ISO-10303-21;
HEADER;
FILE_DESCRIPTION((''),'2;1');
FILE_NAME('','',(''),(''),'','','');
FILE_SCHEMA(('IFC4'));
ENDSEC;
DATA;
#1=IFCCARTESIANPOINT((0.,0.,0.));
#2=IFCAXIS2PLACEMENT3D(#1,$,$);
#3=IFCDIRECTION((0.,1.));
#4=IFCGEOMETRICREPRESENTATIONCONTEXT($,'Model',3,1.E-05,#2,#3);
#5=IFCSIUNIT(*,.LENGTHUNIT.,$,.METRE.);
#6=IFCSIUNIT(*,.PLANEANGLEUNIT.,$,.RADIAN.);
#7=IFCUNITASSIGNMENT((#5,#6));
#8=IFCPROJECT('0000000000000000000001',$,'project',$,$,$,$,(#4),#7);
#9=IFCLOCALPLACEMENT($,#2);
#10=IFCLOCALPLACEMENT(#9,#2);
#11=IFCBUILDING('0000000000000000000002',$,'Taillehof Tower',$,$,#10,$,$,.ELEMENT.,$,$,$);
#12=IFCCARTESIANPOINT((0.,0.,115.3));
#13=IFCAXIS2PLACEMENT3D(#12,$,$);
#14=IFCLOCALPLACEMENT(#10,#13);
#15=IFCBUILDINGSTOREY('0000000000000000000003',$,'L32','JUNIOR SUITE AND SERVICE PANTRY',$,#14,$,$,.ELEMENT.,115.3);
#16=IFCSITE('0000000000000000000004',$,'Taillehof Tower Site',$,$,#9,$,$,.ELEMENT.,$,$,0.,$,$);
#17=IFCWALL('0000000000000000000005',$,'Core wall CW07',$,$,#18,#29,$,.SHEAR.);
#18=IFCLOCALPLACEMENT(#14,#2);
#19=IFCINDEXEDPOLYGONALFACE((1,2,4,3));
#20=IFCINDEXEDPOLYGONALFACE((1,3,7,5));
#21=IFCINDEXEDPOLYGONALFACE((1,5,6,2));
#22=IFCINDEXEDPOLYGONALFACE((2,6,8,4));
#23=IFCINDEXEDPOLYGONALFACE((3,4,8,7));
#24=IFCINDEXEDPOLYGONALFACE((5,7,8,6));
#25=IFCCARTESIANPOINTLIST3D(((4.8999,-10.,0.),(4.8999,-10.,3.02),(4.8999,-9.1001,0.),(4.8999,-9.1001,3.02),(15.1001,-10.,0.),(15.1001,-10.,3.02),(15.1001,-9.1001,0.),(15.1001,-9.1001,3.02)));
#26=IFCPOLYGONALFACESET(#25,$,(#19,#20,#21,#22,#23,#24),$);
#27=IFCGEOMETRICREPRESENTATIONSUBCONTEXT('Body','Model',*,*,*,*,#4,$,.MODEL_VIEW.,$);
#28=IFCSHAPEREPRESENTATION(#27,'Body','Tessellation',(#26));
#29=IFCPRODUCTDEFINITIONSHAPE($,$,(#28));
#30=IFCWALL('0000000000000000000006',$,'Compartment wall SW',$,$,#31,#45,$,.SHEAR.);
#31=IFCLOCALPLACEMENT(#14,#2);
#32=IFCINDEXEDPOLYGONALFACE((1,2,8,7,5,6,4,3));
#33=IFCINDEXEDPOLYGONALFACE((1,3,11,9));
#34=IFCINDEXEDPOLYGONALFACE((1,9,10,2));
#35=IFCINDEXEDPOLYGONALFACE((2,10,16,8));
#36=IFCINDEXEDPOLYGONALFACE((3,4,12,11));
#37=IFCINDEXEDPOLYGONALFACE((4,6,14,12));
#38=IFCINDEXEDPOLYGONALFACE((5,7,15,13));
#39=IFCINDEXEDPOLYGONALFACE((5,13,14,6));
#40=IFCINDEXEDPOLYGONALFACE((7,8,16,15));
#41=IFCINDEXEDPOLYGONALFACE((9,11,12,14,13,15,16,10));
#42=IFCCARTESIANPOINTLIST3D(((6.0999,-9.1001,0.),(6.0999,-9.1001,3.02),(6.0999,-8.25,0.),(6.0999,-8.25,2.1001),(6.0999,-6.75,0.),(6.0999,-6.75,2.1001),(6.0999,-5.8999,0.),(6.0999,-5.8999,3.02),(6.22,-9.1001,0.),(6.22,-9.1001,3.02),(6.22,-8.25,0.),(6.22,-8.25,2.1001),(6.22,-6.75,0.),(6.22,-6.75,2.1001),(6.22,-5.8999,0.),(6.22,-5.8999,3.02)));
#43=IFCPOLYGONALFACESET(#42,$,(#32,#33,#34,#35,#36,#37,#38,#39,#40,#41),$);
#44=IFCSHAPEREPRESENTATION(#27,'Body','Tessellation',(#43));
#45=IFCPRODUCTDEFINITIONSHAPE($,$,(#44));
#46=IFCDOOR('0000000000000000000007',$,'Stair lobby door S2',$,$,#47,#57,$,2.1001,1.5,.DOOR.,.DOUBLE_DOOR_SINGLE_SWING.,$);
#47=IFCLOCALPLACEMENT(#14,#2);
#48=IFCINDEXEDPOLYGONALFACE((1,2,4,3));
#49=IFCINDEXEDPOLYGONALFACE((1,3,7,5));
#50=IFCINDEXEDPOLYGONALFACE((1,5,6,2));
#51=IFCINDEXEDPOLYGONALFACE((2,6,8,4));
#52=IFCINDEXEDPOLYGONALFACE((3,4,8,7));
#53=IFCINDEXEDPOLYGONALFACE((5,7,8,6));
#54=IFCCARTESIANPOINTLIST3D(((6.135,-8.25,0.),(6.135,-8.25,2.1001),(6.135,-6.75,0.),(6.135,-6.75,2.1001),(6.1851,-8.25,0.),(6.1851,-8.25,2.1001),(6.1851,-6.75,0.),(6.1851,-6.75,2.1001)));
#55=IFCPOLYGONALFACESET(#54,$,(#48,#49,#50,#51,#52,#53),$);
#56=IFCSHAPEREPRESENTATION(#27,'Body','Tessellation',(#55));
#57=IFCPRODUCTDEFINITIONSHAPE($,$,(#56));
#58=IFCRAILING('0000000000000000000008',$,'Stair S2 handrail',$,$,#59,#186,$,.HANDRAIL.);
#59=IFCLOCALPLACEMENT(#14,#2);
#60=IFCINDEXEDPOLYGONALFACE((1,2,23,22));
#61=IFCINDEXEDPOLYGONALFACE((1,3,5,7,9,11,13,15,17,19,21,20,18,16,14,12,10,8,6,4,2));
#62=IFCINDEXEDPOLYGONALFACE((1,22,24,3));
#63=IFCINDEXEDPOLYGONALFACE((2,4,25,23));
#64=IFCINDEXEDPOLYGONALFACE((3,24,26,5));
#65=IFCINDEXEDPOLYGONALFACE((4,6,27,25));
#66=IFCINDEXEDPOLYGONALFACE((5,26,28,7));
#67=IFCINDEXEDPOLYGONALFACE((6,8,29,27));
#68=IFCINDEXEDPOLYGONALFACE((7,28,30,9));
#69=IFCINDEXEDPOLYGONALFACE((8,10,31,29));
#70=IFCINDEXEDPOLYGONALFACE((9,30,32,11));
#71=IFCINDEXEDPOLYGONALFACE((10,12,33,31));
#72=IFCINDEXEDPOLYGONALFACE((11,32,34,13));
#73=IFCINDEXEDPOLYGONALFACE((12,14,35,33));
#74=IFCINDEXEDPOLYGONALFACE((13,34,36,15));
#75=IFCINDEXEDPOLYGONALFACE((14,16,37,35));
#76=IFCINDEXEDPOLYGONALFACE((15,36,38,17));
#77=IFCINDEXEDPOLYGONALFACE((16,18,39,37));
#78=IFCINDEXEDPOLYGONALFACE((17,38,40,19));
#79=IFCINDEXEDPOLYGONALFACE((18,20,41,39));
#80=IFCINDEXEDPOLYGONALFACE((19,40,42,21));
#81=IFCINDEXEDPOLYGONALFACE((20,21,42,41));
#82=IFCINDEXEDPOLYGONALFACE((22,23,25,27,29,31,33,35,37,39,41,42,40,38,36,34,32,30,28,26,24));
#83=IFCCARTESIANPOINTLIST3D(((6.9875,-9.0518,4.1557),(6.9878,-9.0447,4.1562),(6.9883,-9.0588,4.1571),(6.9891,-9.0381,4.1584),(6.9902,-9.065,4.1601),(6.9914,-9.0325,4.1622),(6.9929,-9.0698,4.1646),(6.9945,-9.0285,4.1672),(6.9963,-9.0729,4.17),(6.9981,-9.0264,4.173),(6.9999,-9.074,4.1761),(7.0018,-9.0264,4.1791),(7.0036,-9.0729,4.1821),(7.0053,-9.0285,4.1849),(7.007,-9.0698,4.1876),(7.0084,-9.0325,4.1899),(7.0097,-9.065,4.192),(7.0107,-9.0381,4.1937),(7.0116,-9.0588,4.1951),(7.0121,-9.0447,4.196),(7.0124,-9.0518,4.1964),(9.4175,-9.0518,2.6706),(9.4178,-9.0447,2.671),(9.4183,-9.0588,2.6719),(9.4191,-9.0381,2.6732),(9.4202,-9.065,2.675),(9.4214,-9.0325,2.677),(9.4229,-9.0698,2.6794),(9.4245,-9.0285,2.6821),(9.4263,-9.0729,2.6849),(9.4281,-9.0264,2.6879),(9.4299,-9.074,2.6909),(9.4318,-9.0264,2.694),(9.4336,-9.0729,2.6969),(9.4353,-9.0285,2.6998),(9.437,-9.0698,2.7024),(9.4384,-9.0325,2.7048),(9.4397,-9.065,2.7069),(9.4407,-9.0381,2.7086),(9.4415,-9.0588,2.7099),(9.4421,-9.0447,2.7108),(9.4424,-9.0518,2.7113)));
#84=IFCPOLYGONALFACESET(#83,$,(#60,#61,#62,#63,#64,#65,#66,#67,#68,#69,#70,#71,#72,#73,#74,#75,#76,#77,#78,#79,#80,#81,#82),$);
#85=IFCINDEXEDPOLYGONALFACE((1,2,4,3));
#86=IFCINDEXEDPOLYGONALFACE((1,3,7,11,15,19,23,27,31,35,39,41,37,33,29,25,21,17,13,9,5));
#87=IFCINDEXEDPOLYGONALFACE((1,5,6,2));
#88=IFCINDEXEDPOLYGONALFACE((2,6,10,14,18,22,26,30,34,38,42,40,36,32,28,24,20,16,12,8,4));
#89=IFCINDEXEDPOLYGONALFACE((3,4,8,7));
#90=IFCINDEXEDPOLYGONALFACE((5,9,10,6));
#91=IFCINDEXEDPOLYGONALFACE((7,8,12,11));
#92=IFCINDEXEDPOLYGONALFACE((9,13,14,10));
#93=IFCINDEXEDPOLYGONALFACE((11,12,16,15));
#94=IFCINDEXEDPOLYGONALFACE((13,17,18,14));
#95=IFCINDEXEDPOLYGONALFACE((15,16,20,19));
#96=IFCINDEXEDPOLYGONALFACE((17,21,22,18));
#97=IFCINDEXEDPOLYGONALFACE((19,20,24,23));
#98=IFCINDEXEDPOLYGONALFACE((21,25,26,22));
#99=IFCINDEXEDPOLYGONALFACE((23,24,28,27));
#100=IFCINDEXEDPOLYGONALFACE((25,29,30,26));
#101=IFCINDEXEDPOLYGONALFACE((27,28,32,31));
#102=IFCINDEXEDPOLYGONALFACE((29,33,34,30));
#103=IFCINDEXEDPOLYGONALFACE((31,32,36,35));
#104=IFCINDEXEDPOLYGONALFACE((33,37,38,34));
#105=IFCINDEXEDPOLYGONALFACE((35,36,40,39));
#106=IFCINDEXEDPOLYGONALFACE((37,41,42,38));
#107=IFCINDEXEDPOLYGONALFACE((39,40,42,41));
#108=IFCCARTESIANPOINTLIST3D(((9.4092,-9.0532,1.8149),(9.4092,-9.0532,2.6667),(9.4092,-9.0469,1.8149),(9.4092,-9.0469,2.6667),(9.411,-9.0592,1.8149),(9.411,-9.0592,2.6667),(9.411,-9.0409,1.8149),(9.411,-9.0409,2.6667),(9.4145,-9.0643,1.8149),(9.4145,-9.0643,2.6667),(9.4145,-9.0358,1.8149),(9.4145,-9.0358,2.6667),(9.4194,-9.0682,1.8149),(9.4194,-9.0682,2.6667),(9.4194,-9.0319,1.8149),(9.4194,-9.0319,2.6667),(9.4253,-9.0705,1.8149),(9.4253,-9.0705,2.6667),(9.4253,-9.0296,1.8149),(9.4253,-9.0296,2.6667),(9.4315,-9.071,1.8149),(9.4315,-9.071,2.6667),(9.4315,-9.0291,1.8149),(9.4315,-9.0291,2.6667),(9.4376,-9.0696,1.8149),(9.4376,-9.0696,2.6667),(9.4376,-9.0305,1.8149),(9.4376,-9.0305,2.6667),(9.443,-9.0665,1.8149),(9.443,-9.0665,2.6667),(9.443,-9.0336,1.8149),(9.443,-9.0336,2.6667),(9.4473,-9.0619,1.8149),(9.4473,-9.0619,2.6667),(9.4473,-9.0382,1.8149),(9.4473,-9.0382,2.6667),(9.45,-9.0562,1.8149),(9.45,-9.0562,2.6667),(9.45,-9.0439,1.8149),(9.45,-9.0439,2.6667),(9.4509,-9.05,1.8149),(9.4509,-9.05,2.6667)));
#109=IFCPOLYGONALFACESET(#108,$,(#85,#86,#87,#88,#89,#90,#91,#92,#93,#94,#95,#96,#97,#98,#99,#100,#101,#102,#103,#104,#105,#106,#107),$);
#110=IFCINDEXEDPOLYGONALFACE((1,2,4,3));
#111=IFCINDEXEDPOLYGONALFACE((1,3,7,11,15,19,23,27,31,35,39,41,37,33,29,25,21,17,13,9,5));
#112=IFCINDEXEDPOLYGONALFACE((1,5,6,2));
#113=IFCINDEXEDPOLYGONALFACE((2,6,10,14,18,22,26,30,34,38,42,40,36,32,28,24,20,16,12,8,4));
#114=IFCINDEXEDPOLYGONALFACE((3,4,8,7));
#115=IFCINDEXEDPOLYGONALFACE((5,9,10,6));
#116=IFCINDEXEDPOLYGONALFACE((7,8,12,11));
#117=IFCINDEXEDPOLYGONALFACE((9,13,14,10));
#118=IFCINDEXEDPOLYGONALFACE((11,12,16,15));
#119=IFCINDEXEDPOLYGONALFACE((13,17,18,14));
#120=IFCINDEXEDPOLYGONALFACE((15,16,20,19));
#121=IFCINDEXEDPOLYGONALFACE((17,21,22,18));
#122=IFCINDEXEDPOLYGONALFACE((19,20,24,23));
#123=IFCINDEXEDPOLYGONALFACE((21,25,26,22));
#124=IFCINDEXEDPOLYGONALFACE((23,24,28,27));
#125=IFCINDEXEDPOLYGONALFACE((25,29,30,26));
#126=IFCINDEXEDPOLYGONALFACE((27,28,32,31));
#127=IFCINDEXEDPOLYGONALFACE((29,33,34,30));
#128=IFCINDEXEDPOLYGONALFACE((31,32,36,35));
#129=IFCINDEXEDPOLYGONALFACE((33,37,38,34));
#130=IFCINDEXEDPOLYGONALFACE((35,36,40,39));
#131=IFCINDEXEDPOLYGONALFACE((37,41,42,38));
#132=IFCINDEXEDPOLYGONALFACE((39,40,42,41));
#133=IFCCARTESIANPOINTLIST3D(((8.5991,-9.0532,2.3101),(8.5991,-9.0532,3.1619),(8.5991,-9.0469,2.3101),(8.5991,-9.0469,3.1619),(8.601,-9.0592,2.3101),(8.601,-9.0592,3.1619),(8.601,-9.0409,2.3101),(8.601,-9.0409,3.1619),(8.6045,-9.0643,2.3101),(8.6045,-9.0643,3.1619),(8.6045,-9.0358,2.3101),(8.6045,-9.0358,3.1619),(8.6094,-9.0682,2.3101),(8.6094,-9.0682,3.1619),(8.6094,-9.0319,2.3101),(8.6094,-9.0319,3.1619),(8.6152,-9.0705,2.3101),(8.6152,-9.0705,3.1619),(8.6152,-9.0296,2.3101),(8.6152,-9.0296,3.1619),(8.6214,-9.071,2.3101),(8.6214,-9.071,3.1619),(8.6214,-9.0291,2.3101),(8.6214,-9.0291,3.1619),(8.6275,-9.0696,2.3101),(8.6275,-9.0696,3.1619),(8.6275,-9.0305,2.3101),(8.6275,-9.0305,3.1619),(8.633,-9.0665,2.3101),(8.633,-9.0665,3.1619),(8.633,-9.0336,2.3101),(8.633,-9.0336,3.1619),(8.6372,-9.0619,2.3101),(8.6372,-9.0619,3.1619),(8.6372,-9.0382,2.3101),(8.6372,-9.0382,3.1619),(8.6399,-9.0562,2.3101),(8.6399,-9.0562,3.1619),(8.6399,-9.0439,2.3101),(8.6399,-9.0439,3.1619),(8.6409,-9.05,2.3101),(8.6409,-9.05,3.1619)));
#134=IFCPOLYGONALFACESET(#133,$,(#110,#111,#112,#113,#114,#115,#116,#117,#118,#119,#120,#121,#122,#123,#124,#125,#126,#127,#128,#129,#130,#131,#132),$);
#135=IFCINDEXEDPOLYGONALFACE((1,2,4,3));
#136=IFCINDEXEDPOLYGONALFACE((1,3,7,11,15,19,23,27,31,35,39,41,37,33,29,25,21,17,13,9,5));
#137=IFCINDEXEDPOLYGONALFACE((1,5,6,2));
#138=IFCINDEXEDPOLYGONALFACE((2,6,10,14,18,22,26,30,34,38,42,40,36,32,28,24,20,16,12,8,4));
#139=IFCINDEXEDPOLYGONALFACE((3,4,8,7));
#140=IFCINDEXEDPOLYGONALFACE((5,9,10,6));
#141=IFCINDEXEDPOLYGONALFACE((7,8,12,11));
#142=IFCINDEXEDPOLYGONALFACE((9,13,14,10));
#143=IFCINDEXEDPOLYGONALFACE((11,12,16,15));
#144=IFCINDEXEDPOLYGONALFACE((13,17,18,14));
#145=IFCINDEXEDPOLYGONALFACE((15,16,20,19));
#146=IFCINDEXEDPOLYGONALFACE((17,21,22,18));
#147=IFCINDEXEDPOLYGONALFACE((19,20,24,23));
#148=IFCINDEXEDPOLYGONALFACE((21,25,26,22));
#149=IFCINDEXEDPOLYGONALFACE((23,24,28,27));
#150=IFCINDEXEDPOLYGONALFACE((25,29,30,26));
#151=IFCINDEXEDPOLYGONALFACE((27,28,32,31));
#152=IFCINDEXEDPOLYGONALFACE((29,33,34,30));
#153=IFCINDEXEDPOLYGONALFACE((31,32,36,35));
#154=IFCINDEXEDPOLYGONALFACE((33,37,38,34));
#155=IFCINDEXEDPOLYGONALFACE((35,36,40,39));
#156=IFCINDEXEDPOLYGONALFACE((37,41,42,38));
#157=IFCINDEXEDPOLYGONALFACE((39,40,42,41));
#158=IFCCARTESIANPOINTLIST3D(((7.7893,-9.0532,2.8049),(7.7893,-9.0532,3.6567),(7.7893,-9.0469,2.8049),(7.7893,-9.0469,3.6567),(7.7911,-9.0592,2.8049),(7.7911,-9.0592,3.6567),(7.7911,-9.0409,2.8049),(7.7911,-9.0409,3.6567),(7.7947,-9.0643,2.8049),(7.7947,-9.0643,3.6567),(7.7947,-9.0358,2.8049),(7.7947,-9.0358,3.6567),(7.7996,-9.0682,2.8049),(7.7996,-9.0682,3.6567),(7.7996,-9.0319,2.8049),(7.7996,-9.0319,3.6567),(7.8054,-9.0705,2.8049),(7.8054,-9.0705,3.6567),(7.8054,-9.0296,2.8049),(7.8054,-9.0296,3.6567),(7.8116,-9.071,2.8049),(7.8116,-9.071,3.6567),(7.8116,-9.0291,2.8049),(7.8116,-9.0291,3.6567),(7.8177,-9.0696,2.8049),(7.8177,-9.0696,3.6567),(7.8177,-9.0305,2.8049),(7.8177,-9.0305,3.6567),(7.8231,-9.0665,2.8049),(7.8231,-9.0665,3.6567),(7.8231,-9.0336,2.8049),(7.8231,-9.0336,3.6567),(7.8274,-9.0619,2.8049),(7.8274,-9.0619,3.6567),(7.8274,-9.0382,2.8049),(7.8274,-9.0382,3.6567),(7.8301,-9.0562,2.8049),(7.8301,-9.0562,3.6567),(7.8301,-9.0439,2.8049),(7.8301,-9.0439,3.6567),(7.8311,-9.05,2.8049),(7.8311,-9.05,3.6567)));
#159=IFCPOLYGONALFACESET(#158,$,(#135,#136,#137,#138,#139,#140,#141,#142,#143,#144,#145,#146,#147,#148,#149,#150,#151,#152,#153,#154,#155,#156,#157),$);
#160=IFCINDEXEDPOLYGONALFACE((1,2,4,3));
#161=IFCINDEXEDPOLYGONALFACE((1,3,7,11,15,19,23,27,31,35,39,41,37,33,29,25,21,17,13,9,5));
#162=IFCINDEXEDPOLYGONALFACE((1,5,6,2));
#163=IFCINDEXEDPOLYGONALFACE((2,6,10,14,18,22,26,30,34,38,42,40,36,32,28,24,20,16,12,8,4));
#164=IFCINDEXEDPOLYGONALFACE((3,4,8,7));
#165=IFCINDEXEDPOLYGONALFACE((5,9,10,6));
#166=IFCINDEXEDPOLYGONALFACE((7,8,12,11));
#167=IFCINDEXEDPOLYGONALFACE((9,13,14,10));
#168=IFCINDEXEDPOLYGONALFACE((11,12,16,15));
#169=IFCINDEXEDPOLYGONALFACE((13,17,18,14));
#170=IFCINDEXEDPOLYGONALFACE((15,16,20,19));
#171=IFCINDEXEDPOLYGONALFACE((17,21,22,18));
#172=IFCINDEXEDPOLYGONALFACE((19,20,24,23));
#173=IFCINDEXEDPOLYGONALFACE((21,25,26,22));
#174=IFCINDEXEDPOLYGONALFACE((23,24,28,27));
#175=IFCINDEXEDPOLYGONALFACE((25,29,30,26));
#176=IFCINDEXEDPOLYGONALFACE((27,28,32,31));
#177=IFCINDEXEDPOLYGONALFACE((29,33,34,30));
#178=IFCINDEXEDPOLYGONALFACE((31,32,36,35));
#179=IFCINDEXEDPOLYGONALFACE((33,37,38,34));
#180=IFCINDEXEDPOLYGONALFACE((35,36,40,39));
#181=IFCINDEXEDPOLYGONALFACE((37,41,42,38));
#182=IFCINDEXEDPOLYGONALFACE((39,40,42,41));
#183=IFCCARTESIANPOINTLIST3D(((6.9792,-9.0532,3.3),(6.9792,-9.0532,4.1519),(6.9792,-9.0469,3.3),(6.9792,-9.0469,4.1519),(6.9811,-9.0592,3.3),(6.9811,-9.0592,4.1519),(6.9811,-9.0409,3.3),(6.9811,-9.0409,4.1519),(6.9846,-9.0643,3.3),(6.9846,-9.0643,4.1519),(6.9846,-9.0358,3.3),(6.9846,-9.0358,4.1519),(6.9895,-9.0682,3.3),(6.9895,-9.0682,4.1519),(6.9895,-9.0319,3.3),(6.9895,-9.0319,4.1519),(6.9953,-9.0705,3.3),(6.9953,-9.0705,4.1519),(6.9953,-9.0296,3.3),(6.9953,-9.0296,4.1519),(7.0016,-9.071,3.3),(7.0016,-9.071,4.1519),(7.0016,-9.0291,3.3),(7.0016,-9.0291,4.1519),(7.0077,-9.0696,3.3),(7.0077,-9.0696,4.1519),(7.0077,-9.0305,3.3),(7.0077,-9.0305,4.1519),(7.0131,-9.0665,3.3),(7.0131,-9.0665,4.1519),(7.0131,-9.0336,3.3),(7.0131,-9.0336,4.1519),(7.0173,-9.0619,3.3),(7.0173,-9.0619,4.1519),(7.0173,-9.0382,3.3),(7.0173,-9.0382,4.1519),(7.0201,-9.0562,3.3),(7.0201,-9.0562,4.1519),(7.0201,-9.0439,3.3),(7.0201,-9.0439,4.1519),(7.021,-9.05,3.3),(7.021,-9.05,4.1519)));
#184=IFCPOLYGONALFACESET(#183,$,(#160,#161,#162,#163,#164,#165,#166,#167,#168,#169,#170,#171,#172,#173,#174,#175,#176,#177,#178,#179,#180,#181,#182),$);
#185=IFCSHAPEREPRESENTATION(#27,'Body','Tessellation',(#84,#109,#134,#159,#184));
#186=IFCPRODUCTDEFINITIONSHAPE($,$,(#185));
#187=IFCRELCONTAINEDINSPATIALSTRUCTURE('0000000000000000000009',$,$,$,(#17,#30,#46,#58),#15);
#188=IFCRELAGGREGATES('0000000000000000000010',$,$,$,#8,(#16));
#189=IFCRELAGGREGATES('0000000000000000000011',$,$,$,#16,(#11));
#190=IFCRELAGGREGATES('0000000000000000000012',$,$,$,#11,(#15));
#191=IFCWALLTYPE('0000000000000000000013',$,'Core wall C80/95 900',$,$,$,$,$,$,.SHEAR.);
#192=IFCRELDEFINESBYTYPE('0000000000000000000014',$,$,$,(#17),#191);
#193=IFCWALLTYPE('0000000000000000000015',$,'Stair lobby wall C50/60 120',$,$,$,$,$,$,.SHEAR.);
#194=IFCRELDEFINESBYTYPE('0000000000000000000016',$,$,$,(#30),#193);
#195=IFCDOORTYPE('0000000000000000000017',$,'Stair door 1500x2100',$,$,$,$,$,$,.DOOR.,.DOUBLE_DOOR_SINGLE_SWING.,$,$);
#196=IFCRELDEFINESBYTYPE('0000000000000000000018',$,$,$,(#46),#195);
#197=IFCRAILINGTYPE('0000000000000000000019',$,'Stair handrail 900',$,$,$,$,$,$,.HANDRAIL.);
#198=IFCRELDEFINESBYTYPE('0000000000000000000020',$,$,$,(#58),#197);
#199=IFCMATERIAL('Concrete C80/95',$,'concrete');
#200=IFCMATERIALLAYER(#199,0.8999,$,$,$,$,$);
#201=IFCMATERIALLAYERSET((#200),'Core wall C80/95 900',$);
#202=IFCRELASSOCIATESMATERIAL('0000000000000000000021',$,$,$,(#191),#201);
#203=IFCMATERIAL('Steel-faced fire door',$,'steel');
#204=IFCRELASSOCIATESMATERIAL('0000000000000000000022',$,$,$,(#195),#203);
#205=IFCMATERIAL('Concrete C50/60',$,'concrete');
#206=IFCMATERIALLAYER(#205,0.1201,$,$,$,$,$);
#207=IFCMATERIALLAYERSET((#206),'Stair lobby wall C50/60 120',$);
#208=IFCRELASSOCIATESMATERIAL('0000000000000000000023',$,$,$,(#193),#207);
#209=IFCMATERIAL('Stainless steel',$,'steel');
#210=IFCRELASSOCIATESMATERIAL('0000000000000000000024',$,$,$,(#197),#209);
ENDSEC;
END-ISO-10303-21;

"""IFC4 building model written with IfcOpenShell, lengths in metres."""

from ifc_helpers import new_model, si_unit, direction, frame, frame_2d, origin, origin_2d, place, context, subcontext, project, spatial, rectangle, circle, extrude, material, layer, layer_set, type_object, element, fill, save


model = new_model("IFC4")

# Units and contexts
model_context = context("Model", 3, precision=1e-05, world=origin(), true_north=direction((0.0, 1.0)))
body_context = subcontext(model_context, "Body", "Model", "MODEL_VIEW")
ifc_project = project(units=[si_unit("LENGTHUNIT", "METRE"), si_unit("PLANEANGLEUNIT", "RADIAN")], contexts=[model_context])

# Site, building, storey
site_placement = place(None, origin())
site = spatial("IfcSite", under=ifc_project, at=site_placement, Name="Taillehof Tower Site", CompositionType="ELEMENT", RefElevation=0.0)
building_placement = place(site_placement, origin())
building = spatial("IfcBuilding", under=site, at=building_placement, Name="Taillehof Tower", CompositionType="ELEMENT")
storey_placement = place(building_placement, frame((0.0, 0.0, 115.3)))
storey = spatial("IfcBuildingStorey", under=building, at=storey_placement, Name="L32", Description="JUNIOR SUITE AND SERVICE PANTRY", CompositionType="ELEMENT", Elevation=115.3)

# Shared definitions
ifc_material_1 = material(Name="Concrete C80/95", Category="concrete")
ifc_layer_1 = layer(ifc_material_1, 0.8999)
ifc_layer_set_1 = layer_set([ifc_layer_1], Name="Core wall C80/95 900")
wall_type_1 = type_object("IfcWallType", Name="Core wall C80/95 900", PredefinedType="SHEAR", material=ifc_layer_set_1)
ifc_material_2 = material(Name="Steel-faced fire door", Category="steel")
door_type_1 = type_object("IfcDoorType", Name="Stair door 1500x2100", OperationType="DOUBLE_DOOR_SINGLE_SWING", PredefinedType="DOOR", material=ifc_material_2)

# Wall
wall_1_placement = place(storey_placement, frame((4.8999, -9.55, 0.0), z_axis=(0.0, 0.0, 1.0), x_axis=(1.0, 0.0, 0.0)))
element("IfcWall", 1, at=wall_1_placement, inside=storey, type_object=wall_type_1, Name="Core wall CW07", PredefinedType="SHEAR", context=body_context, shape_type="SweptSolid", body=[
    extrude(rectangle(XDim=10.2002, YDim=0.8999, at=frame_2d((5.1001, 0.0))), origin(), (0.0, 0.0, 1.0), 3.02),
])

# Wall, opening, door
ifc_material_3 = material(Name="Concrete C50/60", Category="concrete")
ifc_layer_2 = layer(ifc_material_3, 0.1201)
ifc_layer_set_2 = layer_set([ifc_layer_2], Name="Stair lobby wall C50/60 120")
wall_type_2 = type_object("IfcWallType", Name="Stair lobby wall C50/60 120", PredefinedType="SHEAR", material=ifc_layer_set_2)
wall_2_placement = place(storey_placement, frame((6.1599, -9.1001, 0.0), z_axis=(0.0, 0.0, 1.0), x_axis=(0.0, 1.0, 0.0)))
wall_2 = element("IfcWall", 2, at=wall_2_placement, inside=storey, type_object=wall_type_2, Name="Compartment wall SW", PredefinedType="SHEAR", context=body_context, shape_type="SweptSolid", body=[
    extrude(rectangle(XDim=3.2002, YDim=0.1201, at=frame_2d((1.6001, 0.0))), origin(), (0.0, 0.0, 1.0), 3.02),
])
opening_1_placement = place(wall_2_placement, frame((0.8501, 0.0, 0.0)))
opening_1 = element("IfcOpeningElement", 3, at=opening_1_placement, cuts=wall_2, PredefinedType="OPENING", context=body_context, shape_type="SweptSolid", body=[
    extrude(rectangle(XDim=1.5, YDim=2.1001, at=frame_2d((0.75, 1.05))), frame((0.0, 0.0701, 0.0), z_axis=(0.0, -1.0, 0.0), x_axis=(1.0, 0.0, 0.0)), (0.0, 0.0, 1.0), 0.1401),
])
door_1_placement = place(opening_1_placement, origin())
door_1 = element("IfcDoor", 4, at=door_1_placement, inside=storey, type_object=door_type_1, Name="Stair lobby door S2", OperationType="DOUBLE_DOOR_SINGLE_SWING", OverallHeight=2.1001, OverallWidth=1.5, PredefinedType="DOOR", context=body_context, shape_type="SweptSolid", body=[
    extrude(rectangle(XDim=1.5, YDim=2.1001, at=frame_2d((0.75, 1.05))), frame((0.0, 0.0249, 0.0), z_axis=(0.0, -1.0, 0.0), x_axis=(1.0, 0.0, 0.0)), (0.0, 0.0, 1.0), 0.05),
])
fill(opening_1, door_1)

# Railing
ifc_material_4 = material(Name="Stainless steel", Category="steel")
railing_type = type_object("IfcRailingType", Name="Stair handrail 900", PredefinedType="HANDRAIL", material=ifc_material_4)
railing_placement = place(storey_placement, frame((9.4299, -9.05, 1.8149)))
element("IfcRailing", 5, at=railing_placement, inside=storey, type_object=railing_type, Name="Stair S2 handrail", PredefinedType="HANDRAIL", context=body_context, shape_type="SweptSolid", body=[
    extrude(circle(Radius=0.0239, at=origin_2d()), frame((0.0, 0.0, 0.876), z_axis=(-0.853259, 0.0, 0.521488), x_axis=(0.0, -1.0, 0.0)), (0.0, 0.0, 1.0), 2.8479),
    extrude(circle(Radius=0.021, at=origin_2d()), origin(), (0.0, 0.0, 1.0), 0.8518),
    extrude(circle(Radius=0.021, at=origin_2d()), frame((-0.8101, 0.0, 0.4951)), (0.0, 0.0, 1.0), 0.8518),
    extrude(circle(Radius=0.021, at=origin_2d()), frame((-1.6199, 0.0, 0.99)), (0.0, 0.0, 1.0), 0.8518),
    extrude(circle(Radius=0.021, at=origin_2d()), frame((-2.4299, 0.0, 1.4851)), (0.0, 0.0, 1.0), 0.8518),
])

save(model, "model.ifc")
